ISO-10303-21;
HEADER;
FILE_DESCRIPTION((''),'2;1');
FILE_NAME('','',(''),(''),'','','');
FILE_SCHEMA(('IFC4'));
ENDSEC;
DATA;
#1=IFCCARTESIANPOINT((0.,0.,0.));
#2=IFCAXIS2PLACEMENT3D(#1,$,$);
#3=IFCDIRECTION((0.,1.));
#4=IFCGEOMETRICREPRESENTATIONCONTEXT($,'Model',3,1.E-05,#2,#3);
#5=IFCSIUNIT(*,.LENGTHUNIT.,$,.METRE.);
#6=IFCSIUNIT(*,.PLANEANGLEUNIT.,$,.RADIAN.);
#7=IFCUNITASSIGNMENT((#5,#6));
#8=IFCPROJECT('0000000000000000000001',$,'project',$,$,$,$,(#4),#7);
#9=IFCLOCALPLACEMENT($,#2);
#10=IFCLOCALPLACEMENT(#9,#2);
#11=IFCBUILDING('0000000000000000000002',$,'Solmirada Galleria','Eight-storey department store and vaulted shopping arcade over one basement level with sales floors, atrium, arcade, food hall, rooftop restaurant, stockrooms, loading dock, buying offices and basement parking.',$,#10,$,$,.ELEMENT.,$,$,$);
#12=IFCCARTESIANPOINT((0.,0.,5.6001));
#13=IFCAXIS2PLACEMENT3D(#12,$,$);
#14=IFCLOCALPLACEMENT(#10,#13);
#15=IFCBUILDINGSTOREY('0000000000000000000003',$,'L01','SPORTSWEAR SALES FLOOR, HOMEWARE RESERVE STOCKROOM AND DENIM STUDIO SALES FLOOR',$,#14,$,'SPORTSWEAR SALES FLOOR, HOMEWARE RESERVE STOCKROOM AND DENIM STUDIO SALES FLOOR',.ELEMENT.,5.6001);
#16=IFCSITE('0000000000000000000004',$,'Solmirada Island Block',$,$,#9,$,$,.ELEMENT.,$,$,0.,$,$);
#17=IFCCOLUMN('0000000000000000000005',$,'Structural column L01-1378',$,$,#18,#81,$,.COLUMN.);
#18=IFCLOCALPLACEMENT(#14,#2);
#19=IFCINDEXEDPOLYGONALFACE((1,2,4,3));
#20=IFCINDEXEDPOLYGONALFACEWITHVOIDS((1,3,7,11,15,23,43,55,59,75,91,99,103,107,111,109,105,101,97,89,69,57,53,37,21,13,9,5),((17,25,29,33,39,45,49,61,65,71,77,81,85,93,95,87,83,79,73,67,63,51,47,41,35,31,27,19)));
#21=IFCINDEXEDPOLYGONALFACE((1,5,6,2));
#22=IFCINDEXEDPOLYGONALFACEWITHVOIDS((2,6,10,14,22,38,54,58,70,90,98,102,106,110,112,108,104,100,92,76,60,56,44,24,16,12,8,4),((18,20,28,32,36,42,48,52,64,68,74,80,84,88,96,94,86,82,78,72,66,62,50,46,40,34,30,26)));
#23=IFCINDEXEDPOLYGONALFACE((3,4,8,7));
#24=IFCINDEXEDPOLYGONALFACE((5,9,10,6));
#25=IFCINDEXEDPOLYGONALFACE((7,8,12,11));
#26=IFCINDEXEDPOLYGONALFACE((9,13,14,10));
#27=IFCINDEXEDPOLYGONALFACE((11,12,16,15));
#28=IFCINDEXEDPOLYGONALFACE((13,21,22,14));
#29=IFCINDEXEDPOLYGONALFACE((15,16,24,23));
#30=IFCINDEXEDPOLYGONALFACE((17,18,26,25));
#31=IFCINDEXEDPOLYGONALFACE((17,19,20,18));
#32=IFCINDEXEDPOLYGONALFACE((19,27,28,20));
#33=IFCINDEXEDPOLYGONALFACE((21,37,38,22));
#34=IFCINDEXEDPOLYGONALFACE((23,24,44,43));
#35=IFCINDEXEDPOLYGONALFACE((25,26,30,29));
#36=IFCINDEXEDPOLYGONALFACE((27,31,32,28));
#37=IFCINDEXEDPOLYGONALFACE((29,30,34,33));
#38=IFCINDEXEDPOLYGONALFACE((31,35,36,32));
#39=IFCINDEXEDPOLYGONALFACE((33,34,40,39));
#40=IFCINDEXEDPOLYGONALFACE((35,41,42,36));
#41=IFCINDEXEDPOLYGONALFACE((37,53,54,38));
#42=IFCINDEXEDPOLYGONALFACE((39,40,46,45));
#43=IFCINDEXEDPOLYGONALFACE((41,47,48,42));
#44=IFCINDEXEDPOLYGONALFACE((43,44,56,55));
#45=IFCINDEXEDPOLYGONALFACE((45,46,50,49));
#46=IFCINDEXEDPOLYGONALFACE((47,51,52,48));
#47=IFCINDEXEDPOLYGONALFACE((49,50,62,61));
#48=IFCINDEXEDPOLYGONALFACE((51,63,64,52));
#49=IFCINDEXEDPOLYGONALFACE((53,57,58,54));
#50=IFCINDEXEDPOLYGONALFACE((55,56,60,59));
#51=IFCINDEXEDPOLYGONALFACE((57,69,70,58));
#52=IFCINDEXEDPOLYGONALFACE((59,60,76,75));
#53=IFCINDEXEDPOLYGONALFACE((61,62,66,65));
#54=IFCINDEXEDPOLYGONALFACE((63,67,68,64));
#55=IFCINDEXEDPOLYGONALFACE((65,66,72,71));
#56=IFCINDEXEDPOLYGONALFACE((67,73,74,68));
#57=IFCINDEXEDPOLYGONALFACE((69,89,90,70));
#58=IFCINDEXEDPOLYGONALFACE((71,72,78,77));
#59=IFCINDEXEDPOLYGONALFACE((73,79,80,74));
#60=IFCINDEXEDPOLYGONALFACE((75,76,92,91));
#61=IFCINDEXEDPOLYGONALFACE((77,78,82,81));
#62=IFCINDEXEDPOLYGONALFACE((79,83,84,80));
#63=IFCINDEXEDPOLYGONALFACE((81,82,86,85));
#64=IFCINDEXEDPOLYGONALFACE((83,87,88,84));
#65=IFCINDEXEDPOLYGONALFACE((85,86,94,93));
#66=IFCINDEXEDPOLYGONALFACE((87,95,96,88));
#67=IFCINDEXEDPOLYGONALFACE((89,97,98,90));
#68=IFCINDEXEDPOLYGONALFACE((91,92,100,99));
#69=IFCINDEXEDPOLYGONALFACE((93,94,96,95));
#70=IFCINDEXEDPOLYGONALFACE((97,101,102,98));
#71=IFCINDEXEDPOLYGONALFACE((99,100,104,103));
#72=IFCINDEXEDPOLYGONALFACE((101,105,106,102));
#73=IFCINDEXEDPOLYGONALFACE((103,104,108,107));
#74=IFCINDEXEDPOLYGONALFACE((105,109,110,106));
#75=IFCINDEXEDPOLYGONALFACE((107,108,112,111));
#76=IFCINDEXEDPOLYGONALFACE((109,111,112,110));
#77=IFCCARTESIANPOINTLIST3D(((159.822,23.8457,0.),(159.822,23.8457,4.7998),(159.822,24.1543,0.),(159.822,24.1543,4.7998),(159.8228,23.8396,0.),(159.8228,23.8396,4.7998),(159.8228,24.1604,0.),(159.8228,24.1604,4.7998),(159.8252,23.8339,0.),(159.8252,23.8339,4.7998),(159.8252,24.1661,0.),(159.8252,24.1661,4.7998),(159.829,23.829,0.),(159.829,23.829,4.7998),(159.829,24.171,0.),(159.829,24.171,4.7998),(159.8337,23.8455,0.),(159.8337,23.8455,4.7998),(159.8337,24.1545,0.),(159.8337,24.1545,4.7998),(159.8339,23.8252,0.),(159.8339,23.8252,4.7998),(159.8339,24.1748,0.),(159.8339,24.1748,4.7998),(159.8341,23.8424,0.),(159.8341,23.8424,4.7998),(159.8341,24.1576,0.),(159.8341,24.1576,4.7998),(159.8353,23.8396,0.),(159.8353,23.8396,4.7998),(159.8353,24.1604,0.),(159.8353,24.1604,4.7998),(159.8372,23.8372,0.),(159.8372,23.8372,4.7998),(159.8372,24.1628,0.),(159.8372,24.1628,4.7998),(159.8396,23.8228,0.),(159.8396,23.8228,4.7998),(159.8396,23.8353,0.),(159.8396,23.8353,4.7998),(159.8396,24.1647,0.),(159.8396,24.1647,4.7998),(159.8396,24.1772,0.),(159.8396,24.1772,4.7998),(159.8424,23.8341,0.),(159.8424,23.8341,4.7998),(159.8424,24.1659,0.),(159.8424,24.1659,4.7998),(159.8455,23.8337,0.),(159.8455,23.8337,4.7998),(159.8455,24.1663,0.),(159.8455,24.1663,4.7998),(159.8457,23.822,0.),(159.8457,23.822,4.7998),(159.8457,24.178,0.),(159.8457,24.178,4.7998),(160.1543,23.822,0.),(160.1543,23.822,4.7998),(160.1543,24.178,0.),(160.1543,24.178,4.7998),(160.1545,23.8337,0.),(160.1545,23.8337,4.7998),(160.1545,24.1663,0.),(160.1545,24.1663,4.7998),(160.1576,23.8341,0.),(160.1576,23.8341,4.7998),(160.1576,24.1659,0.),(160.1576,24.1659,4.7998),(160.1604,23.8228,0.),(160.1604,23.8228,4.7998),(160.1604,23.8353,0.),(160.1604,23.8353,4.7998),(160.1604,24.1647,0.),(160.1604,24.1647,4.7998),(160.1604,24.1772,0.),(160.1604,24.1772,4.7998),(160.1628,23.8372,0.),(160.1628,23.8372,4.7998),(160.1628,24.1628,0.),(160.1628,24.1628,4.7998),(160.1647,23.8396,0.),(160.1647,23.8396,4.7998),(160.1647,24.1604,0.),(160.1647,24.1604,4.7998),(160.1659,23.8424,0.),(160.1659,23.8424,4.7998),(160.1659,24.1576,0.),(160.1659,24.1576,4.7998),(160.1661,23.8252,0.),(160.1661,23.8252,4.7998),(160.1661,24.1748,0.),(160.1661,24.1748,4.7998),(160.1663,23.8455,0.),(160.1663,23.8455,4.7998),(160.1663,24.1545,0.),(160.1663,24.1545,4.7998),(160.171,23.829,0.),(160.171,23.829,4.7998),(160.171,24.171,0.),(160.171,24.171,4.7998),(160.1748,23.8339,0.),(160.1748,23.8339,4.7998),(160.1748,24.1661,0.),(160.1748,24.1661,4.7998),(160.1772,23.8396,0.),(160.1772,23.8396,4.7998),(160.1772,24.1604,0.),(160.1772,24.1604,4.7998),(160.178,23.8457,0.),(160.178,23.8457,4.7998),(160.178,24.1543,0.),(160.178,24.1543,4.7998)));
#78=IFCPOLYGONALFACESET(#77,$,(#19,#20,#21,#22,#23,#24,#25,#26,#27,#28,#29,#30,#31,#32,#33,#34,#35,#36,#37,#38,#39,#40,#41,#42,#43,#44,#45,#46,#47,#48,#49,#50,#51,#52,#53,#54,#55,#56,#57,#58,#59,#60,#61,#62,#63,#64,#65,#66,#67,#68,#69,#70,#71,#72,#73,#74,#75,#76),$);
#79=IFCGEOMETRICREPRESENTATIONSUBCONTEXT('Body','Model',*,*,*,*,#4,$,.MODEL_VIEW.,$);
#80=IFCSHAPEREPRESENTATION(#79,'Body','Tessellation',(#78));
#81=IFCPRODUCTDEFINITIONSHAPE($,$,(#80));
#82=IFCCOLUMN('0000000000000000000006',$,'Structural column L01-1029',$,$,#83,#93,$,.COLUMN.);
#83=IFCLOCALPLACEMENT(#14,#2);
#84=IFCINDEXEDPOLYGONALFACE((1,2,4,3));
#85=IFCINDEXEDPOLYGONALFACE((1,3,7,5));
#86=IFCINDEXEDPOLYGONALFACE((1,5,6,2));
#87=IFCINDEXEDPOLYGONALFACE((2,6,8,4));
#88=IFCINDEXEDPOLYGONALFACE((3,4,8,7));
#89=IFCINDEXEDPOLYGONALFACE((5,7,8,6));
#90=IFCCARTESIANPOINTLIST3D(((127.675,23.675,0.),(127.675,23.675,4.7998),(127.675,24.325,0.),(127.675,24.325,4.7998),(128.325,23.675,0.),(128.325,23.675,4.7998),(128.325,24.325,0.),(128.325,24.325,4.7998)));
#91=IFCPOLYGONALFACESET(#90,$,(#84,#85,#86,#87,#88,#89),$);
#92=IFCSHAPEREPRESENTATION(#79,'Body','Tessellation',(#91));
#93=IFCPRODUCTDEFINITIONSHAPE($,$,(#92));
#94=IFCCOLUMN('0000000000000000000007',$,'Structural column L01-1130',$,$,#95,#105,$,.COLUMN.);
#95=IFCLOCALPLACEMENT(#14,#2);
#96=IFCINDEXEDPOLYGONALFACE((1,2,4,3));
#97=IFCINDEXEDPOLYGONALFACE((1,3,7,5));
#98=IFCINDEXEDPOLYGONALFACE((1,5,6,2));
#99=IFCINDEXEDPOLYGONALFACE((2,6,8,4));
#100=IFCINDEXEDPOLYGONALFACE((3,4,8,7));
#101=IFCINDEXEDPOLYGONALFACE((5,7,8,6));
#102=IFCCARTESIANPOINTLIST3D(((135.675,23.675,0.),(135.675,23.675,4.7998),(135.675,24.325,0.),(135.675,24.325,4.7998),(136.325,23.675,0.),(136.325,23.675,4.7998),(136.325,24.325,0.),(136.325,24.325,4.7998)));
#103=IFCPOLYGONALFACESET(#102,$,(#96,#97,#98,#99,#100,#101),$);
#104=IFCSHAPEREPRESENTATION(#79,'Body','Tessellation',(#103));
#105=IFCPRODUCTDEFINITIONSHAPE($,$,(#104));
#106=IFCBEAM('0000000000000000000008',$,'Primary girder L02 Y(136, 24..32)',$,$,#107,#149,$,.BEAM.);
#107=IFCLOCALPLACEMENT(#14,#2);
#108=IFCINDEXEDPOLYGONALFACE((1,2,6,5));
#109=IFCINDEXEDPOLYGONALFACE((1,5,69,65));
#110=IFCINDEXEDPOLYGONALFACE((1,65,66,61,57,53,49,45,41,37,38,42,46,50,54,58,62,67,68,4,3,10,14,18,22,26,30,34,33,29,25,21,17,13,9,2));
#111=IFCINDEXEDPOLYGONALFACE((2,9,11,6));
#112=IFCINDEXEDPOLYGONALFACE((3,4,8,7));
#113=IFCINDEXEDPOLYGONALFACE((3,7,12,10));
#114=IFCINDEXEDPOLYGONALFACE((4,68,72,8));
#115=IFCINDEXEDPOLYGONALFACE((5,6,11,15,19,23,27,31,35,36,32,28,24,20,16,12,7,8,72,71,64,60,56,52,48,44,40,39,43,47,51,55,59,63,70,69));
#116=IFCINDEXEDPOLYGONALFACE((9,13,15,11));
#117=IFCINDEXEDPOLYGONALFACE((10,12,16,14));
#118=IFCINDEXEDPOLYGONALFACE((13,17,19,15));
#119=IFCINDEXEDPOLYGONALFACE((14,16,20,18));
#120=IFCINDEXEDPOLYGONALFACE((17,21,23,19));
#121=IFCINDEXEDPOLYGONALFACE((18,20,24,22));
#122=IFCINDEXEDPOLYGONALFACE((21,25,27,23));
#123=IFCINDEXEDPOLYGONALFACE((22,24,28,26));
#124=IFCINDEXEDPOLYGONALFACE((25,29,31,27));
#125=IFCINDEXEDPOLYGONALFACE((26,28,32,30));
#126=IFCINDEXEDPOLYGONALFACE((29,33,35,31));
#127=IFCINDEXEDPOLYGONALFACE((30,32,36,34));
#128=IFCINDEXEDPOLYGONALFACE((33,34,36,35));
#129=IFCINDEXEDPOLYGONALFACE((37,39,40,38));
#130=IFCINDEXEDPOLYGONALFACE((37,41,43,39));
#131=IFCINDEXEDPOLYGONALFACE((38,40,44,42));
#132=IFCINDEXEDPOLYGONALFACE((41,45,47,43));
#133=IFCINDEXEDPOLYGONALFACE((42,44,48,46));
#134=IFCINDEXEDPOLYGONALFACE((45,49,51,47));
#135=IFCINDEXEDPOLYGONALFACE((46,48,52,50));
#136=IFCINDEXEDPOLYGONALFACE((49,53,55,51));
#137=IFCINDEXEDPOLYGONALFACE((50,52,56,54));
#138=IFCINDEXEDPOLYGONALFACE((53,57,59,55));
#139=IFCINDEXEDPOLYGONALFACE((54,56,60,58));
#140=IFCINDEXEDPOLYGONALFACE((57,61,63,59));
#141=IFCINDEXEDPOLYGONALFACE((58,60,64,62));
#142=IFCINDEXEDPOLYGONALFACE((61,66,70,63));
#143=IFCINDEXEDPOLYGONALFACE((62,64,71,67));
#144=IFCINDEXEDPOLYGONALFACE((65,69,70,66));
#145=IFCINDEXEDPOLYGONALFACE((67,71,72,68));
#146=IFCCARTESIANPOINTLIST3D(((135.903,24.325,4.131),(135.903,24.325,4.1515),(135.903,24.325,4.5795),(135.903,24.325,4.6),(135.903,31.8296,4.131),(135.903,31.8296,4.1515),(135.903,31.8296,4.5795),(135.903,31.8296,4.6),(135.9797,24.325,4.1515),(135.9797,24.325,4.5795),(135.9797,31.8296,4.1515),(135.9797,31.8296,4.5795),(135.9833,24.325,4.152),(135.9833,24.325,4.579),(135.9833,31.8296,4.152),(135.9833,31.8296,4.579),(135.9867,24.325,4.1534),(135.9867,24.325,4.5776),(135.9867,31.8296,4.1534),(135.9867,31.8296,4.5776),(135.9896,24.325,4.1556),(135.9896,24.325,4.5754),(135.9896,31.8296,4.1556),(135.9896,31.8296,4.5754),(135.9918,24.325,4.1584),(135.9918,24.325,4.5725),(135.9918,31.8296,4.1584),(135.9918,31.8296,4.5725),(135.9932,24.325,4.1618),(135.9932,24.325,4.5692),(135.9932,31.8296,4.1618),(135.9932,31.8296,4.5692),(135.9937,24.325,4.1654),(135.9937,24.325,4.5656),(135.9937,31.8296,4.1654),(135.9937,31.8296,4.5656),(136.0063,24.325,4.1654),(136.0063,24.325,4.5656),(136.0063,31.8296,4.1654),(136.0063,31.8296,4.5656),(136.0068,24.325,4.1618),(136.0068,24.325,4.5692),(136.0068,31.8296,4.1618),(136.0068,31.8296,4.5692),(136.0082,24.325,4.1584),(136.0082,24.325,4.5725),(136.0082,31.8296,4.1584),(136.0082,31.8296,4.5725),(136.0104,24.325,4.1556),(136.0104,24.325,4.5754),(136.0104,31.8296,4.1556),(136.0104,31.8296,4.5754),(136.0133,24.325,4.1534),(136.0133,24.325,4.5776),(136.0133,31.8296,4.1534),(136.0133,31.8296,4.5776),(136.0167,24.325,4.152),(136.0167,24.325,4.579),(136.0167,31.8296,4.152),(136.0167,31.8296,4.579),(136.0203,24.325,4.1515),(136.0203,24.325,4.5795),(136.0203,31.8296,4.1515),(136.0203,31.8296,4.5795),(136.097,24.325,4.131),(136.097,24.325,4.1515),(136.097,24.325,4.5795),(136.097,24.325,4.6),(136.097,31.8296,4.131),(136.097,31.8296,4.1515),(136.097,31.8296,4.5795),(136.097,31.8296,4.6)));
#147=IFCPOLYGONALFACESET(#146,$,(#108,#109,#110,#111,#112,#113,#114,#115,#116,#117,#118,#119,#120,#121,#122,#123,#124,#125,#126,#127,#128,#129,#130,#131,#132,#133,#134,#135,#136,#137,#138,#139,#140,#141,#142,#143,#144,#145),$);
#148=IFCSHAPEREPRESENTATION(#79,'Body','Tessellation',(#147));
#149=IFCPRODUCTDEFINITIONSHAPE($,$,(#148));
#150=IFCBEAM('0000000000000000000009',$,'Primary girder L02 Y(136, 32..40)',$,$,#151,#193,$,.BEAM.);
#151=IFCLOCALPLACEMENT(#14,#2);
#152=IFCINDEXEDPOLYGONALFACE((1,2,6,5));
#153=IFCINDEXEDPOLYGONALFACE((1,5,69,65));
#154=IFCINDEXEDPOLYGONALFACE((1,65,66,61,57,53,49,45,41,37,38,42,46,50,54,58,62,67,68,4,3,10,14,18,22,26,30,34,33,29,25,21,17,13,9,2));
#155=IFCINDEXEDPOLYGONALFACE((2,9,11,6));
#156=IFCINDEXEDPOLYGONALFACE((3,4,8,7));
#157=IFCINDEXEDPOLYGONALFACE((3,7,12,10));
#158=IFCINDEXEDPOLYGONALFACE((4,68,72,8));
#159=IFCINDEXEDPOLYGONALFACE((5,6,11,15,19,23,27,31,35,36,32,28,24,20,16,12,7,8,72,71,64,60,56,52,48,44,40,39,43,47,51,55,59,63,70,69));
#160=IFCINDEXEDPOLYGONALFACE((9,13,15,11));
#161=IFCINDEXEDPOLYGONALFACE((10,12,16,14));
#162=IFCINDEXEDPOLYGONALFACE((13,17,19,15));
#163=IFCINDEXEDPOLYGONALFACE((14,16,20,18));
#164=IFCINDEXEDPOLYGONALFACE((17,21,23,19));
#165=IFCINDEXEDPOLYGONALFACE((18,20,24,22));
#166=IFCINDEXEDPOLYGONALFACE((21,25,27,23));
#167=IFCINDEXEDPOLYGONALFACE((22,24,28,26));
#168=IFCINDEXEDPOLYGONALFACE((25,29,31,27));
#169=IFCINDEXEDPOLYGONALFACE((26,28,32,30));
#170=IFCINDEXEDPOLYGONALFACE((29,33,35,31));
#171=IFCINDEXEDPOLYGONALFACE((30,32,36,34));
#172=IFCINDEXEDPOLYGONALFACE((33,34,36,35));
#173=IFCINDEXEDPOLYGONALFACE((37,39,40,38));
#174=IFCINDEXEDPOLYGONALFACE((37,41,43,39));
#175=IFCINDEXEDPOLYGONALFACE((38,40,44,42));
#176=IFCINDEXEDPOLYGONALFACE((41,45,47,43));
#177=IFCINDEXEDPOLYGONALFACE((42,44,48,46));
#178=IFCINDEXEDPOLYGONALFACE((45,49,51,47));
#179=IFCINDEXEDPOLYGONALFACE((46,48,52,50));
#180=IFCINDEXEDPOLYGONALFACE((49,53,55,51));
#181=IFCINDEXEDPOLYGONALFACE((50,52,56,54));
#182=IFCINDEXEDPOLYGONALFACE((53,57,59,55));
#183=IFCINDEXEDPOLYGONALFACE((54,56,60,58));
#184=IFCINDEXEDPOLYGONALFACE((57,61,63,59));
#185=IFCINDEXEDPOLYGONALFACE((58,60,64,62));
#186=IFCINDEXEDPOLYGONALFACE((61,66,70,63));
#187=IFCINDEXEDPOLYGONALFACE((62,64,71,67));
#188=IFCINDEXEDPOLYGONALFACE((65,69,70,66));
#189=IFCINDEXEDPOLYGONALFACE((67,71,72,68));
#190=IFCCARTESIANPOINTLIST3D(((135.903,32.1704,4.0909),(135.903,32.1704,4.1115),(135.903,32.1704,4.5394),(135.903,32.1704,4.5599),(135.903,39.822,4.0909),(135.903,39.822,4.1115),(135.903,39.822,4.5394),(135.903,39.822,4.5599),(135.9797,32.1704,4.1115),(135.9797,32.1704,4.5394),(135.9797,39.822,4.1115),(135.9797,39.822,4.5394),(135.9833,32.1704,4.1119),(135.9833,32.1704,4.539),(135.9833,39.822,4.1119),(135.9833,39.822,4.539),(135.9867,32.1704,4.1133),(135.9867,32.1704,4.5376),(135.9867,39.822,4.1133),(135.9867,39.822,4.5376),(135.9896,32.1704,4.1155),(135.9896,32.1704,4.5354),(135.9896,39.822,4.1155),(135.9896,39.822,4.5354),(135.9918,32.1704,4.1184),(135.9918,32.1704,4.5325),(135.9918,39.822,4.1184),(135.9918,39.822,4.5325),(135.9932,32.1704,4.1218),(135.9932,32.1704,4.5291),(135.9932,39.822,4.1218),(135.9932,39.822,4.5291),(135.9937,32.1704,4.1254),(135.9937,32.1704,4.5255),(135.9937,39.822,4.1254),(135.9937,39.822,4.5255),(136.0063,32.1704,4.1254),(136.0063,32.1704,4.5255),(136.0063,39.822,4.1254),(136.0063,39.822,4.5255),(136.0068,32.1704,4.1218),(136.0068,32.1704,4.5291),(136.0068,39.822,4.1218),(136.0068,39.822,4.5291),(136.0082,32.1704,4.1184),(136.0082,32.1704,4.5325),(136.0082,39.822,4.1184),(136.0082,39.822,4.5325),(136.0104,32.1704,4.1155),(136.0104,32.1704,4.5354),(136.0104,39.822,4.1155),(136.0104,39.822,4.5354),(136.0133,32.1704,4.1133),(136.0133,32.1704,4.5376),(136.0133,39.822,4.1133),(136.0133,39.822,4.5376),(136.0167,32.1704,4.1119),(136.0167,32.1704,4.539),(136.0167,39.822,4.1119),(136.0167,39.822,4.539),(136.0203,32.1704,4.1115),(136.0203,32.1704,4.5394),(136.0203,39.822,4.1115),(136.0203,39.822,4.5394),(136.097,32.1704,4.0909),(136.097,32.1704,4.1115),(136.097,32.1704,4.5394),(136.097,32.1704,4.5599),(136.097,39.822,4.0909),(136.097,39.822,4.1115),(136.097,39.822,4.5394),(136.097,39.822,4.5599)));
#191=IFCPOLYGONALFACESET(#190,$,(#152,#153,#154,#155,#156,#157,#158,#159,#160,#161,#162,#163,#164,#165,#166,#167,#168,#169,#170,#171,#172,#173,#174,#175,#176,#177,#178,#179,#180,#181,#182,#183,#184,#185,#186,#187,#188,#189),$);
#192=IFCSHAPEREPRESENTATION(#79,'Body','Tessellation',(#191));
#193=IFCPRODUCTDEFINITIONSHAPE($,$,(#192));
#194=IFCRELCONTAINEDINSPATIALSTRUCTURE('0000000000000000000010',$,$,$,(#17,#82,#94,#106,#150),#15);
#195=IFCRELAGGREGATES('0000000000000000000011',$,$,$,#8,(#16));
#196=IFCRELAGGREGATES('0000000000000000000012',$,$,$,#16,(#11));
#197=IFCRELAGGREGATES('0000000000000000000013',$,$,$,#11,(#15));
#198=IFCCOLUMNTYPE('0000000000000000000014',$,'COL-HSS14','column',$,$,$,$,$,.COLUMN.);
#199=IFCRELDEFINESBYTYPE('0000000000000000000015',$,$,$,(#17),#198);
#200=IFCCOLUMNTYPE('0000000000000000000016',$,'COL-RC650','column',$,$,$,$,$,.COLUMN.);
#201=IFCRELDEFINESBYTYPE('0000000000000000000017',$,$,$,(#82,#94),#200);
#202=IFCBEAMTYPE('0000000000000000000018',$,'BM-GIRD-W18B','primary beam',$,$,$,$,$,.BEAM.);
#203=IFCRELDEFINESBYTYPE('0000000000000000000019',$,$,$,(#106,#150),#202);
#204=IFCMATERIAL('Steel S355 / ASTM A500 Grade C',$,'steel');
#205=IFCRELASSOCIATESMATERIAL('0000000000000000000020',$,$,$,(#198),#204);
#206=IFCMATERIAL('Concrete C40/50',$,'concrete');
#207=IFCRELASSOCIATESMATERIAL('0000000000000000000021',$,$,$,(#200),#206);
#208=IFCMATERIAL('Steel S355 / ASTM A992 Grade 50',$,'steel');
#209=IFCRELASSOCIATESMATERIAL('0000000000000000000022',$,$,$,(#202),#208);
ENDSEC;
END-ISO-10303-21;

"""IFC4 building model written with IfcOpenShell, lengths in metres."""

from ifc_helpers import new_model, si_unit, direction, frame, origin, origin_2d, place, context, subcontext, project, spatial, rectangle, hollow_rectangle, i_section, extrude, material, material_profile, profile_set, type_object, element, save


model = new_model("IFC4")

# Units and contexts
model_context = context("Model", 3, precision=1e-05, world=origin(), true_north=direction((0.0, 1.0)))
body_context = subcontext(model_context, "Body", "Model", "MODEL_VIEW")
ifc_project = project(units=[si_unit("LENGTHUNIT", "METRE"), si_unit("PLANEANGLEUNIT", "RADIAN")], contexts=[model_context])

# Site, building, storey
site_placement = place(None, origin())
site = spatial("IfcSite", under=ifc_project, at=site_placement, Name="Solmirada Island Block", CompositionType="ELEMENT", RefElevation=0.0)
building_placement = place(site_placement, origin())
building = spatial("IfcBuilding", under=site, at=building_placement, Name="Solmirada Galleria", Description="Eight-storey department store and vaulted shopping arcade over one basement level with sales floors, atrium, arcade, food hall, rooftop restaurant, stockrooms, loading dock, buying offices and basement parking.", CompositionType="ELEMENT")
storey_placement = place(building_placement, frame((0.0, 0.0, 5.6001)))
storey = spatial("IfcBuildingStorey", under=building, at=storey_placement, Name="L01", Description="SPORTSWEAR SALES FLOOR, HOMEWARE RESERVE STOCKROOM AND DENIM STUDIO SALES FLOOR", LongName="SPORTSWEAR SALES FLOOR, HOMEWARE RESERVE STOCKROOM AND DENIM STUDIO SALES FLOOR", CompositionType="ELEMENT", Elevation=5.6001)

# Columns
ifc_material_1 = material(Name="Steel S355 / ASTM A500 Grade C", Category="steel")
ifc_material_profile_1 = material_profile(ifc_material_1, hollow_rectangle(XDim=0.356, YDim=0.356, WallThickness=0.0117, InnerFilletRadius=0.0117, OuterFilletRadius=0.0237, at=origin_2d()), Name="HSS14X14X1/2")
ifc_profile_set_1 = profile_set([ifc_material_profile_1], Name="Steel S355 / ASTM A500 Grade C")
column_type_1 = type_object("IfcColumnType", Name="COL-HSS14", Description="column", PredefinedType="COLUMN", material=ifc_profile_set_1)
for number, where, z_axis, x_axis, name in (
    (1, (160.0, 24.0, 0.0), (0.0, 0.0, 1.0), (1.0, 0.0, 0.0), "Structural column L01-1378"),
):
    element("IfcColumn", number, at=place(storey_placement, frame(where, z_axis=z_axis, x_axis=x_axis)), inside=storey, type_object=column_type_1, Name=name, PredefinedType="COLUMN", context=body_context, shape_type="SweptSolid", body=[
        extrude(hollow_rectangle(XDim=0.356, YDim=0.356, WallThickness=0.0117, InnerFilletRadius=0.0117, OuterFilletRadius=0.0237, at=origin_2d()), origin(), (0.0, 0.0, 1.0), 4.7998),
    ])
ifc_material_2 = material(Name="Concrete C40/50", Category="concrete")
ifc_material_profile_2 = material_profile(ifc_material_2, rectangle(XDim=0.6499, YDim=0.6499, at=origin_2d()), Name="RC650X650")
ifc_profile_set_2 = profile_set([ifc_material_profile_2], Name="Concrete C40/50")
column_type_2 = type_object("IfcColumnType", Name="COL-RC650", Description="column", PredefinedType="COLUMN", material=ifc_profile_set_2)
for number, where, z_axis, x_axis, name in (
    (2, (128.0, 24.0, 0.0), (0.0, 0.0, 1.0), (1.0, 0.0, 0.0), "Structural column L01-1029"),
    (3, (136.0, 24.0, 0.0), (0.0, 0.0, 1.0), (1.0, 0.0, 0.0), "Structural column L01-1130"),
):
    element("IfcColumn", number, at=place(storey_placement, frame(where, z_axis=z_axis, x_axis=x_axis)), inside=storey, type_object=column_type_2, Name=name, PredefinedType="COLUMN", context=body_context, shape_type="SweptSolid", body=[
        extrude(rectangle(XDim=0.6499, YDim=0.6499, at=origin_2d()), origin(), (0.0, 0.0, 1.0), 4.7998),
    ])

# Beams
ifc_material_3 = material(Name="Steel S355 / ASTM A992 Grade 50", Category="steel")
ifc_material_profile_3 = material_profile(ifc_material_3, i_section(OverallWidth=0.1941, OverallDepth=0.469, WebThickness=0.0127, FlangeThickness=0.0205, FilletRadius=0.0139, at=origin_2d()), Name="W18X71")
ifc_profile_set_3 = profile_set([ifc_material_profile_3], Name="Steel S355 / ASTM A992 Grade 50")
beam_type_1 = type_object("IfcBeamType", Name="BM-GIRD-W18B", Description="primary beam", PredefinedType="BEAM", material=ifc_profile_set_3)
beam_1_placement = place(storey_placement, frame((136.0, 24.325, 4.3655), z_axis=(0.0, 1.0, 0.0), x_axis=(-1.0, 0.0, 0.0)))
element("IfcBeam", 4, at=beam_1_placement, inside=storey, type_object=beam_type_1, Name="Primary girder L02 Y(136, 24..32)", PredefinedType="BEAM", context=body_context, shape_type="SweptSolid", body=[
    extrude(i_section(OverallWidth=0.1941, OverallDepth=0.469, WebThickness=0.0127, FlangeThickness=0.0205, FilletRadius=0.0139, at=origin_2d()), origin(), (0.0, 0.0, 1.0), 7.5046),
])
beam_2_placement = place(storey_placement, frame((136.0, 32.1704, 4.3254), z_axis=(0.0, 1.0, 0.0), x_axis=(-1.0, 0.0, 0.0)))
element("IfcBeam", 5, at=beam_2_placement, inside=storey, type_object=beam_type_1, Name="Primary girder L02 Y(136, 32..40)", PredefinedType="BEAM", context=body_context, shape_type="SweptSolid", body=[
    extrude(i_section(OverallWidth=0.1941, OverallDepth=0.469, WebThickness=0.0127, FlangeThickness=0.0205, FilletRadius=0.0139, at=origin_2d()), origin(), (0.0, 0.0, 1.0), 7.6516),
])

save(model, "model.ifc")
